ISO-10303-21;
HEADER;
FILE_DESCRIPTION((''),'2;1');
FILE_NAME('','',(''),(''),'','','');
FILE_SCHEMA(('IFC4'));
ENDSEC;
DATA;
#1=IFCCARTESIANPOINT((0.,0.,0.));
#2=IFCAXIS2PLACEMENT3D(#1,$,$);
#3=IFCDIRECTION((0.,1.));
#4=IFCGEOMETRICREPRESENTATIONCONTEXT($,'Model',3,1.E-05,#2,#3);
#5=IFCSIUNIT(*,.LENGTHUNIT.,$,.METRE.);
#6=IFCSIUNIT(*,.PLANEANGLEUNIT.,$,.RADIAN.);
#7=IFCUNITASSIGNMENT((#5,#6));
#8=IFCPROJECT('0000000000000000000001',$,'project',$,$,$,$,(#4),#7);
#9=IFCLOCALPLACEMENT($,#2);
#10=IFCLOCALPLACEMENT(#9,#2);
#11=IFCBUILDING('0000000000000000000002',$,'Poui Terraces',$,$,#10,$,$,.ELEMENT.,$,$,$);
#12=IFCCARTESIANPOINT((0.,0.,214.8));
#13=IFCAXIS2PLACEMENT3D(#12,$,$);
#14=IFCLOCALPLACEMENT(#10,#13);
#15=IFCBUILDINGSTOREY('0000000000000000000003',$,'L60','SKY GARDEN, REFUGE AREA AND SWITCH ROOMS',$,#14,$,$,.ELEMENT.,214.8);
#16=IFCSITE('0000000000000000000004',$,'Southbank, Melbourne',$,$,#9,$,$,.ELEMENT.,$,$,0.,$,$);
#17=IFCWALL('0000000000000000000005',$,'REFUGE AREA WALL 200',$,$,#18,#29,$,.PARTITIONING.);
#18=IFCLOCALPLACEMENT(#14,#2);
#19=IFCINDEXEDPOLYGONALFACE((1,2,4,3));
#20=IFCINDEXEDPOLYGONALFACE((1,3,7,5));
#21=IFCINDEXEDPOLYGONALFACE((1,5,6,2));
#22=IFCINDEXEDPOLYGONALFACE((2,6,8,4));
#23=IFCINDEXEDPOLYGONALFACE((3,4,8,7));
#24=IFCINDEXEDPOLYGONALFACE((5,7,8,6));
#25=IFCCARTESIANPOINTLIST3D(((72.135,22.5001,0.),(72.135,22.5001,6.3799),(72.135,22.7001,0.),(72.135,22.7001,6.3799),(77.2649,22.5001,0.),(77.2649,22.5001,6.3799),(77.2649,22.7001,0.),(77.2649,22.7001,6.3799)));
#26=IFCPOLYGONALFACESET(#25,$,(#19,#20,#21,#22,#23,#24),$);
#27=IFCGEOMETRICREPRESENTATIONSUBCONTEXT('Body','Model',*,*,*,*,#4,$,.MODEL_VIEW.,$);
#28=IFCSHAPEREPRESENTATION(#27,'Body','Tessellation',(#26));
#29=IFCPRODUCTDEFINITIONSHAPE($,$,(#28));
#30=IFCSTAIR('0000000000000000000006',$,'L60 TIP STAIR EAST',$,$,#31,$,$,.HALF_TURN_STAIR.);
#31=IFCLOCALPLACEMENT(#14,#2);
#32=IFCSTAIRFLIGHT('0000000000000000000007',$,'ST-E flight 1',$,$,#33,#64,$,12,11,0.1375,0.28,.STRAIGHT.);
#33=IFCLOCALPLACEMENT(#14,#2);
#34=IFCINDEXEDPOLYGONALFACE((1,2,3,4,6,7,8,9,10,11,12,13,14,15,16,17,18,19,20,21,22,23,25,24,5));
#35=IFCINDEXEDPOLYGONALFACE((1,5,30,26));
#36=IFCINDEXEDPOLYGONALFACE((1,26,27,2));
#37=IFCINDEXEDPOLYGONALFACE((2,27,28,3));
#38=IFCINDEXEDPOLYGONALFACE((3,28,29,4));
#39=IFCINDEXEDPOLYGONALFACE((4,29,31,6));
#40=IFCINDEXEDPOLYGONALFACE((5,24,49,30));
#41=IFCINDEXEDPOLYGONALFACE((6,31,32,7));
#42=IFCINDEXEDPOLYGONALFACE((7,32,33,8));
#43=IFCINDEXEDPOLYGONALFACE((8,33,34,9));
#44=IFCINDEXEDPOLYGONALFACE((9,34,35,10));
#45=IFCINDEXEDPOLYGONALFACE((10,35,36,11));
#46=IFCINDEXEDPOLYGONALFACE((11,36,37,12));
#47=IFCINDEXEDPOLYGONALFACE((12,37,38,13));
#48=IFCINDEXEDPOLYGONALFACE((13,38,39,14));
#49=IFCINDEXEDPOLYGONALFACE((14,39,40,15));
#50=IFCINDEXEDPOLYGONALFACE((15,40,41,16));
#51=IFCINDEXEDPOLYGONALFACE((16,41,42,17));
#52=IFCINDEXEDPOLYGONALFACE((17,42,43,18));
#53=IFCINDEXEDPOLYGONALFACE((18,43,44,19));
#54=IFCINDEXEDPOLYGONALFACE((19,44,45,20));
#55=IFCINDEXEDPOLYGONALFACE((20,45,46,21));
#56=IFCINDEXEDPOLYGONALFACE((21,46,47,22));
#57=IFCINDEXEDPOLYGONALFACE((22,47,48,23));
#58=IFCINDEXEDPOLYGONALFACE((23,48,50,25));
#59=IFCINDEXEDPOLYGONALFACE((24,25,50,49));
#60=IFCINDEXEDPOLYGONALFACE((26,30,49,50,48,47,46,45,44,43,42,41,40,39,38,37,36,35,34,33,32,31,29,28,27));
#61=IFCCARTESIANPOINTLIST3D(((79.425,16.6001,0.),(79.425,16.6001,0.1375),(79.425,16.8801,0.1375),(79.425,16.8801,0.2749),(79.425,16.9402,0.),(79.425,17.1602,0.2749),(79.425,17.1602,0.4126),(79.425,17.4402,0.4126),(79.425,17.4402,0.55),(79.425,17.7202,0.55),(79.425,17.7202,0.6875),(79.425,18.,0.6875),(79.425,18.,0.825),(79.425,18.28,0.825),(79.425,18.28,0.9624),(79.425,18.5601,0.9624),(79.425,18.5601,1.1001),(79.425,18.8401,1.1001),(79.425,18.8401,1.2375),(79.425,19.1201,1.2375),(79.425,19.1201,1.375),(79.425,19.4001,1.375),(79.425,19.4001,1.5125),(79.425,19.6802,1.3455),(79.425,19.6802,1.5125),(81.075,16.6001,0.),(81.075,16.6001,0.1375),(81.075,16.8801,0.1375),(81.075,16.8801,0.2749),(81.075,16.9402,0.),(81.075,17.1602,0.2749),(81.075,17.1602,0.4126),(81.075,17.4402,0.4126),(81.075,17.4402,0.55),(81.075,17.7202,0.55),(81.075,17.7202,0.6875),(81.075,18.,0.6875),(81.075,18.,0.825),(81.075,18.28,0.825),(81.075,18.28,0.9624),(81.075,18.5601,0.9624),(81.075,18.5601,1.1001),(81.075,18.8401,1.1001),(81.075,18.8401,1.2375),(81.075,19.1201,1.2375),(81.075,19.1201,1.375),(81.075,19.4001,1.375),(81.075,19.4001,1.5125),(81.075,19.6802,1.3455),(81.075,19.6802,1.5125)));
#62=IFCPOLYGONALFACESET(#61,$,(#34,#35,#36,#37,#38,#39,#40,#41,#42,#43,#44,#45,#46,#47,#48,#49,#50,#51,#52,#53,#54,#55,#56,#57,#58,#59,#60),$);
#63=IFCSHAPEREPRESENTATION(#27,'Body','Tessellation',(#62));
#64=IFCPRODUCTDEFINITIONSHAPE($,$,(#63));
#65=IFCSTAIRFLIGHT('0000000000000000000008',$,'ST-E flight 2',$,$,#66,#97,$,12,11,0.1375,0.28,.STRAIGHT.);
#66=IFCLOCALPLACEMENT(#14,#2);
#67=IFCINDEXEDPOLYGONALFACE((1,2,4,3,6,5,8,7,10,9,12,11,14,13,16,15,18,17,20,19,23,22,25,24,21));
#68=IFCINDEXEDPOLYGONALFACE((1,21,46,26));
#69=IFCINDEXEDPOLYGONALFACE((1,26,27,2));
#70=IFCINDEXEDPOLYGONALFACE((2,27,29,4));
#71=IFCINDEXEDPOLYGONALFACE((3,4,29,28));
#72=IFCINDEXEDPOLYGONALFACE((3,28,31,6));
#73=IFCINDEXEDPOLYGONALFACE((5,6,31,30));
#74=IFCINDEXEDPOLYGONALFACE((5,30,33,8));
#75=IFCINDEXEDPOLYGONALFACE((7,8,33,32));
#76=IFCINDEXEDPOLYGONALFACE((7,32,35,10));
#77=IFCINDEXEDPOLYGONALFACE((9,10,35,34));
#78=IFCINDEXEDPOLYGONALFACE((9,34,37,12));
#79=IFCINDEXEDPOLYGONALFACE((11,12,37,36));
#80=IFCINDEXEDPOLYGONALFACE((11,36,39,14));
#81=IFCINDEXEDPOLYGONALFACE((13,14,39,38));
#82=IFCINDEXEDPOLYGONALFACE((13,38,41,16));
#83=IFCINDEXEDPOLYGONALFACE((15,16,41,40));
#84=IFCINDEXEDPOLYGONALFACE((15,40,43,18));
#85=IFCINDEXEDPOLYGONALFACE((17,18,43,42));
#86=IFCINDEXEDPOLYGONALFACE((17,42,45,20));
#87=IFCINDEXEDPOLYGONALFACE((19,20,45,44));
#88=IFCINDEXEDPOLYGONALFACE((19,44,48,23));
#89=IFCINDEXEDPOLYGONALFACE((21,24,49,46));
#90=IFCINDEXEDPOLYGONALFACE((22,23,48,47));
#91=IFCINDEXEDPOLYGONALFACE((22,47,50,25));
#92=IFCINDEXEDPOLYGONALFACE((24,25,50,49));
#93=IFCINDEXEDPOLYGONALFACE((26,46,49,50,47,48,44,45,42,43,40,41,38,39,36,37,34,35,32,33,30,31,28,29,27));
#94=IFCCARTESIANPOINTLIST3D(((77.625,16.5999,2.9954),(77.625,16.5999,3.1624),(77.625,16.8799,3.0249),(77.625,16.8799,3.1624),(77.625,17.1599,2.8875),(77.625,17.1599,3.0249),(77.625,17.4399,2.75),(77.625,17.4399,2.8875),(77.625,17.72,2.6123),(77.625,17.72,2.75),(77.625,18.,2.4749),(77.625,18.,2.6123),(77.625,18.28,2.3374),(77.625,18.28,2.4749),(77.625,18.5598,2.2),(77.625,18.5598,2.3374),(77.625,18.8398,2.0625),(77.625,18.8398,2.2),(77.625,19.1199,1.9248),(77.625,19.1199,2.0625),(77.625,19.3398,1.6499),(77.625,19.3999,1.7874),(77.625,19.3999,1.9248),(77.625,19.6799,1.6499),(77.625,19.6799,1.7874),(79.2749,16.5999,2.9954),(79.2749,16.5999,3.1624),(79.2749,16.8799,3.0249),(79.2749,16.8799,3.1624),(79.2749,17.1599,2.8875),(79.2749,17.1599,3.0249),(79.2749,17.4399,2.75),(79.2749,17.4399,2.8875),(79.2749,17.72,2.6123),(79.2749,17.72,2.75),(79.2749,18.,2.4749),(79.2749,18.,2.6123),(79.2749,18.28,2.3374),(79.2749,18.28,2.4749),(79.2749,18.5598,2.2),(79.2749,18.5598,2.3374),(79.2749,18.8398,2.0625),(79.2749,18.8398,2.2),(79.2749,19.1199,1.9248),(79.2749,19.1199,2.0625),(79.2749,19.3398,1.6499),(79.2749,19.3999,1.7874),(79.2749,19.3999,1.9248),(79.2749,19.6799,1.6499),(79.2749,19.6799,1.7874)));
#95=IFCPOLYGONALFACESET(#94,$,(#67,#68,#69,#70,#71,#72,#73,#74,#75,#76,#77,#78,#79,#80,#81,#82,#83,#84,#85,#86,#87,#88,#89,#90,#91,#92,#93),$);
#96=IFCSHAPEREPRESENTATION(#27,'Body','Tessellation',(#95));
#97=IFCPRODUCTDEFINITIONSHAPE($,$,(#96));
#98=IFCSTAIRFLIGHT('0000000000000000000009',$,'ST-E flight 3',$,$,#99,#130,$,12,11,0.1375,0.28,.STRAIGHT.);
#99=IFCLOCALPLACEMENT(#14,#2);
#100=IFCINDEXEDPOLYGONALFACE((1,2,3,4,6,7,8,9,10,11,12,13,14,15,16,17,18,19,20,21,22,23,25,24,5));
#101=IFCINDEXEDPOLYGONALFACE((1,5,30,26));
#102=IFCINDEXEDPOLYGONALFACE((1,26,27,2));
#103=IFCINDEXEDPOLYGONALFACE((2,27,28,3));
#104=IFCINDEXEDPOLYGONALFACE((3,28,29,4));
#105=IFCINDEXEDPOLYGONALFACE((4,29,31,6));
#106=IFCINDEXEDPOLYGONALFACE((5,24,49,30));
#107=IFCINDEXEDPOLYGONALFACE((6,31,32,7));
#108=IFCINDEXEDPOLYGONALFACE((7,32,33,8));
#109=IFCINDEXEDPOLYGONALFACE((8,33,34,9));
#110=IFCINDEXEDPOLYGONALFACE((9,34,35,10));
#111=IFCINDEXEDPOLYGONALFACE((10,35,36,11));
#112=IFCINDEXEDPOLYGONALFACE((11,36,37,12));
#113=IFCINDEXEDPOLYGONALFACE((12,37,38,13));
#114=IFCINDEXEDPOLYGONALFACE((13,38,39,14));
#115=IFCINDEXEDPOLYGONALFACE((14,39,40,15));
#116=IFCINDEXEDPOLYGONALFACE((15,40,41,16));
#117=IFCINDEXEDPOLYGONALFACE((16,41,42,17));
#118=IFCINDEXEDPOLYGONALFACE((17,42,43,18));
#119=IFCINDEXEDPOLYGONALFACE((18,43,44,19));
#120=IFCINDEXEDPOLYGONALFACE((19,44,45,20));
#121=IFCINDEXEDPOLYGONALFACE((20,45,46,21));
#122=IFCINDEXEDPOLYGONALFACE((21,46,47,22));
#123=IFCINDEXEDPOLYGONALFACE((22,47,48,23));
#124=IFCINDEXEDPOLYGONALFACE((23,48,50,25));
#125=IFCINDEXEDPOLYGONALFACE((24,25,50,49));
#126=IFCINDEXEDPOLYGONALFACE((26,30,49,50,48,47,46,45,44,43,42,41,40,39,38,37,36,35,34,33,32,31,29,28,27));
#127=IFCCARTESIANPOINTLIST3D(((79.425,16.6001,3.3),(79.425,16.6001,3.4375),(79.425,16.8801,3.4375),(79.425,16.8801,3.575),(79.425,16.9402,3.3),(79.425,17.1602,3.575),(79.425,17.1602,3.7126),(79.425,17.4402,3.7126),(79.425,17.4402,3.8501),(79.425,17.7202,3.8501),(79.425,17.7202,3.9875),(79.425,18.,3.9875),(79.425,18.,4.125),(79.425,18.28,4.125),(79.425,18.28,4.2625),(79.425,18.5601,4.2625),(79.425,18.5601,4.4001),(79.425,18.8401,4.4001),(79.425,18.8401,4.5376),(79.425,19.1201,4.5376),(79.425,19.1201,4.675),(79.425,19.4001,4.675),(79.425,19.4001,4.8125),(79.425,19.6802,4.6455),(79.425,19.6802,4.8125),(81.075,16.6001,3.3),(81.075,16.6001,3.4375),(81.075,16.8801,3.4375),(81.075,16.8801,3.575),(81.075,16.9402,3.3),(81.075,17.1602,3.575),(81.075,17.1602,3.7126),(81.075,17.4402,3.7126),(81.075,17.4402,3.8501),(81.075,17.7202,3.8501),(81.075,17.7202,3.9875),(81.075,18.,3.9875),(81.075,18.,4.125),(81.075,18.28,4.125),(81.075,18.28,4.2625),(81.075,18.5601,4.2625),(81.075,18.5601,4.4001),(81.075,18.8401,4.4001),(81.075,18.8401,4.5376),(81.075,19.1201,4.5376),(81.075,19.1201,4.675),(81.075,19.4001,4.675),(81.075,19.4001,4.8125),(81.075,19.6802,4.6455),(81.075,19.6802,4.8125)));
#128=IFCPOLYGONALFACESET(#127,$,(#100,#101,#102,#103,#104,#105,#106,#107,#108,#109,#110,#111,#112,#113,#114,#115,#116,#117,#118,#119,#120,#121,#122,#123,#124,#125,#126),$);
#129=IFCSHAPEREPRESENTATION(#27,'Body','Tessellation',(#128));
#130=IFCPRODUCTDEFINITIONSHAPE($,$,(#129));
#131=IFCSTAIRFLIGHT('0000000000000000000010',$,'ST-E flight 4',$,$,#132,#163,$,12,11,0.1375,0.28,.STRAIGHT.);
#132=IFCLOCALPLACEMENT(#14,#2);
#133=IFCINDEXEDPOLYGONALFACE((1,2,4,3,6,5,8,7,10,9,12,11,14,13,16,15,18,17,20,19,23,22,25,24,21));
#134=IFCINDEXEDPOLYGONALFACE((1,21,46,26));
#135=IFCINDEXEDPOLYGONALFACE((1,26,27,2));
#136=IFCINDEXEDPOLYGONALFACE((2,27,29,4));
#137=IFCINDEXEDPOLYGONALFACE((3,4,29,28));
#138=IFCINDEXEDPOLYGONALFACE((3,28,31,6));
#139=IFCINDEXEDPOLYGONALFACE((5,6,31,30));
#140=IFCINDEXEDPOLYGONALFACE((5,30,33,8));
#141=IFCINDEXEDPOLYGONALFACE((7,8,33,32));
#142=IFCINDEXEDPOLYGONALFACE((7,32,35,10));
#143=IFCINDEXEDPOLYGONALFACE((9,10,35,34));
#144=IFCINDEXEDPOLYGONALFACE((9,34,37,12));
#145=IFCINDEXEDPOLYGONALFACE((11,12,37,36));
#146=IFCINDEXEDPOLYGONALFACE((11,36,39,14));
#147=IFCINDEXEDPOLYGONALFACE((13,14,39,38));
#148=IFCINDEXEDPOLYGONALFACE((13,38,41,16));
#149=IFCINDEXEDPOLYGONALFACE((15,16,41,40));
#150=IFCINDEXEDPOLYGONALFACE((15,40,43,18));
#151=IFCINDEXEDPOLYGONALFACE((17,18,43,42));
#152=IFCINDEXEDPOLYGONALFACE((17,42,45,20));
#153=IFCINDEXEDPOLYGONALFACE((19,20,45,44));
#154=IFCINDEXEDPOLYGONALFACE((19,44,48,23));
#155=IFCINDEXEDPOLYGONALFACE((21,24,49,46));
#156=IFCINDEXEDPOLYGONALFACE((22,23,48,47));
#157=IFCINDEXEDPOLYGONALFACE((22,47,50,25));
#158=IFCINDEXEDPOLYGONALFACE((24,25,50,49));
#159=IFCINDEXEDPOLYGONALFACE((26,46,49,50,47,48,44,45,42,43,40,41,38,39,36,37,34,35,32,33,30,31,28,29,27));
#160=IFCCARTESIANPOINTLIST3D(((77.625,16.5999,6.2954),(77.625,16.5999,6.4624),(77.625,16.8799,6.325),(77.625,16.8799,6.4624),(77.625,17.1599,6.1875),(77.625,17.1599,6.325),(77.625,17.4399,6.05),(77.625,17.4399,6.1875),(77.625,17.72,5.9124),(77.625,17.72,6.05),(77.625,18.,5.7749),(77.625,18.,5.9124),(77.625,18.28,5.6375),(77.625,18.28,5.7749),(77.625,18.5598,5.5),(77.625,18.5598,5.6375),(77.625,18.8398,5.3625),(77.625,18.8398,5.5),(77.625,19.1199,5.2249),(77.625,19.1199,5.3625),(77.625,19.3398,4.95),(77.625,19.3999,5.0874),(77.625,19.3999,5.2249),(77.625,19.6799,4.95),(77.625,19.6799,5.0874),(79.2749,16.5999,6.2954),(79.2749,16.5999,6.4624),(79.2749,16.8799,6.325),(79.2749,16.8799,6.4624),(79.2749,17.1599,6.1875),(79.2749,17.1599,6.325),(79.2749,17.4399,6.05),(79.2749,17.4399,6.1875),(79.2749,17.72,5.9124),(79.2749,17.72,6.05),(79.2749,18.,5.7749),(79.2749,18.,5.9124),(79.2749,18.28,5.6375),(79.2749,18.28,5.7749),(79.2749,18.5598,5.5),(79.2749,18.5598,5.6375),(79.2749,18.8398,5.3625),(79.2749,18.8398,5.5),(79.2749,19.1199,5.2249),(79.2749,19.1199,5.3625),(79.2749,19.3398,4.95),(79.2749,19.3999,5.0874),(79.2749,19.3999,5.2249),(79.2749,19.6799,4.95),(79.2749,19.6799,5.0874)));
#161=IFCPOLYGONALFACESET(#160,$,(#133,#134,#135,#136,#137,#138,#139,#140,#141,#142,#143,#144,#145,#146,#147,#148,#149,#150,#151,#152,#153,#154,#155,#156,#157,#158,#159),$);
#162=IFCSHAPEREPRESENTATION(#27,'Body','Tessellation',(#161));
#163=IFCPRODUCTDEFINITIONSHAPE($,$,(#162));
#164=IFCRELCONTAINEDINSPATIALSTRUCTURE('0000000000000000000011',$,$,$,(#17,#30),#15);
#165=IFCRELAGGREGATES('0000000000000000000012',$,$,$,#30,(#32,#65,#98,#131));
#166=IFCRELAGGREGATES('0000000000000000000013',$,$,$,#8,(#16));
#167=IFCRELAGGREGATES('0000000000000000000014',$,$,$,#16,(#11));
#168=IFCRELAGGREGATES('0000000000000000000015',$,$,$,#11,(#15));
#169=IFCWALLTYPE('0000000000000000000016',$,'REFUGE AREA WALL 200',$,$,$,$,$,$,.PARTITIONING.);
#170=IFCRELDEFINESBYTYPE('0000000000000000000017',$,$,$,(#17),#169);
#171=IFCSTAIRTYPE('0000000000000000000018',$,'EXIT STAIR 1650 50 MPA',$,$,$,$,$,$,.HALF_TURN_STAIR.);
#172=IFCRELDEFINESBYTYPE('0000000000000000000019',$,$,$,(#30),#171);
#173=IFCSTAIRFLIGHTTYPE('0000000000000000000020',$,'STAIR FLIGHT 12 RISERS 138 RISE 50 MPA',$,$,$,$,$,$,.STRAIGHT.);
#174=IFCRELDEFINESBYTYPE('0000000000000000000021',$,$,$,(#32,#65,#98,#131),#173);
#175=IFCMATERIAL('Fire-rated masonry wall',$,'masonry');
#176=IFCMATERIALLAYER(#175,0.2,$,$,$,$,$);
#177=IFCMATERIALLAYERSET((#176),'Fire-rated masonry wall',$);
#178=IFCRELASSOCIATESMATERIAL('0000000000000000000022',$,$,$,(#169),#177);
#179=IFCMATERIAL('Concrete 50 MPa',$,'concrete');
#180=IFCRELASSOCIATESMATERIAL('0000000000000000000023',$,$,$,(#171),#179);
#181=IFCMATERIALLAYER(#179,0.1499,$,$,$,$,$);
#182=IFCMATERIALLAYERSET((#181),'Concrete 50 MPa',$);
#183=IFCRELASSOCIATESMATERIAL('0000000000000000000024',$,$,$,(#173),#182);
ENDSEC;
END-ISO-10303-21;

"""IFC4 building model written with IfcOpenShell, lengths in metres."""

from ifc_helpers import new_model, si_unit, direction, frame, frame_2d, origin, place, context, subcontext, project, spatial, polyline, rectangle, outline, extrude, material, layer, layer_set, type_object, element, aggregate, save


model = new_model("IFC4")

# Units and contexts
model_context = context("Model", 3, precision=1e-05, world=origin(), true_north=direction((0.0, 1.0)))
body_context = subcontext(model_context, "Body", "Model", "MODEL_VIEW")
ifc_project = project(units=[si_unit("LENGTHUNIT", "METRE"), si_unit("PLANEANGLEUNIT", "RADIAN")], contexts=[model_context])

# Site, building, storey
site_placement = place(None, origin())
site = spatial("IfcSite", under=ifc_project, at=site_placement, Name="Southbank, Melbourne", CompositionType="ELEMENT", RefElevation=0.0)
building_placement = place(site_placement, origin())
building = spatial("IfcBuilding", under=site, at=building_placement, Name="Poui Terraces", CompositionType="ELEMENT")
storey_placement = place(building_placement, frame((0.0, 0.0, 214.8)))
storey = spatial("IfcBuildingStorey", under=building, at=storey_placement, Name="L60", Description="SKY GARDEN, REFUGE AREA AND SWITCH ROOMS", CompositionType="ELEMENT", Elevation=214.8)

# Wall
ifc_material_1 = material(Name="Fire-rated masonry wall", Category="masonry")
ifc_layer_1 = layer(ifc_material_1, 0.2)
ifc_layer_set_1 = layer_set([ifc_layer_1], Name="Fire-rated masonry wall")
wall_type = type_object("IfcWallType", Name="REFUGE AREA WALL 200", PredefinedType="PARTITIONING", material=ifc_layer_set_1)
wall_placement = place(storey_placement, frame((72.135, 22.6001, 0.0), z_axis=(0.0, 0.0, 1.0), x_axis=(1.0, 0.0, 0.0)))
element("IfcWall", 1, at=wall_placement, inside=storey, type_object=wall_type, Name="REFUGE AREA WALL 200", PredefinedType="PARTITIONING", context=body_context, shape_type="SweptSolid", body=[
    extrude(rectangle(XDim=5.1299, YDim=0.2, at=frame_2d((2.5649, 0.0))), origin(), (0.0, 0.0, 1.0), 6.3799),
])

# Stair, stair flights
ifc_material_2 = material(Name="Concrete 50 MPa", Category="concrete")
stair_type = type_object("IfcStairType", Name="EXIT STAIR 1650 50 MPA", PredefinedType="HALF_TURN_STAIR", material=ifc_material_2)
stair_placement = place(storey_placement, origin())
stair = element("IfcStair", 2, at=stair_placement, inside=storey, type_object=stair_type, Name="L60 TIP STAIR EAST", PredefinedType="HALF_TURN_STAIR")
ifc_layer_2 = layer(ifc_material_2, 0.1499)
ifc_layer_set_2 = layer_set([ifc_layer_2], Name="Concrete 50 MPa")
stair_flight_type = type_object("IfcStairFlightType", Name="STAIR FLIGHT 12 RISERS 138 RISE 50 MPA", PredefinedType="STRAIGHT", material=ifc_layer_set_2)
stair_flight_1_placement = place(storey_placement, frame((80.25, 16.6001, 0.0), z_axis=(0.0, 0.0, 1.0), x_axis=(0.0, 1.0, 0.0)))
stair_flight_1 = element("IfcStairFlight", 3, at=stair_flight_1_placement, type_object=stair_flight_type, Name="ST-E flight 1", NumberOfRisers=12, NumberOfTreads=11, PredefinedType="STRAIGHT", RiserHeight=0.1375, TreadLength=0.28, context=body_context, shape_type="SweptSolid", body=[
    extrude(outline(polyline([(0.0, 0.0), (0.0, 0.1375), (0.28, 0.1375), (0.28, 0.2749), (0.5601, 0.2749), (0.5601, 0.4126), (0.8401, 0.4126), (0.8401, 0.55), (1.1201, 0.55), (1.1201, 0.6875), (1.3999, 0.6875), (1.3999, 0.825), (1.6799, 0.825), (1.6799, 0.9624), (1.96, 0.9624), (1.96, 1.1001), (2.24, 1.1001), (2.24, 1.2375), (2.52, 1.2375), (2.52, 1.375), (2.8, 1.375), (2.8, 1.5125), (3.0801, 1.5125), (3.0801, 1.6499), (3.0801, 1.3455), (0.3401, 0.0), (0.0, 0.0)])), frame((0.0, 0.825, 0.0), z_axis=(0.0, -1.0, 0.0), x_axis=(1.0, 0.0, 0.0)), (0.0, 0.0, 1.0), 1.6499),
])
stair_flight_2_placement = place(storey_placement, frame((78.45, 19.6799, 1.6499), z_axis=(0.0, 0.0, 1.0), x_axis=(0.0, -1.0, 0.0)))
stair_flight_2 = element("IfcStairFlight", 4, at=stair_flight_2_placement, type_object=stair_flight_type, Name="ST-E flight 2", NumberOfRisers=12, NumberOfTreads=11, PredefinedType="STRAIGHT", RiserHeight=0.1375, TreadLength=0.28, context=body_context, shape_type="SweptSolid", body=[
    extrude(outline(polyline([(0.0, 0.0), (0.0, 0.1375), (0.28, 0.1375), (0.28, 0.2749), (0.5601, 0.2749), (0.5601, 0.4126), (0.8401, 0.4126), (0.8401, 0.55), (1.1201, 0.55), (1.1201, 0.6875), (1.3999, 0.6875), (1.3999, 0.825), (1.6799, 0.825), (1.6799, 0.9624), (1.96, 0.9624), (1.96, 1.1001), (2.24, 1.1001), (2.24, 1.2375), (2.52, 1.2375), (2.52, 1.375), (2.8, 1.375), (2.8, 1.5125), (3.0801, 1.5125), (3.0801, 1.6499), (3.0801, 1.3455), (0.3401, 0.0), (0.0, 0.0)])), frame((0.0, 0.825, 0.0), z_axis=(0.0, -1.0, 0.0), x_axis=(1.0, 0.0, 0.0)), (0.0, 0.0, 1.0), 1.6499),
])
stair_flight_3_placement = place(storey_placement, frame((80.25, 16.6001, 3.3), z_axis=(0.0, 0.0, 1.0), x_axis=(0.0, 1.0, 0.0)))
stair_flight_3 = element("IfcStairFlight", 5, at=stair_flight_3_placement, type_object=stair_flight_type, Name="ST-E flight 3", NumberOfRisers=12, NumberOfTreads=11, PredefinedType="STRAIGHT", RiserHeight=0.1375, TreadLength=0.28, context=body_context, shape_type="SweptSolid", body=[
    extrude(outline(polyline([(0.0, 0.0), (0.0, 0.1375), (0.28, 0.1375), (0.28, 0.2749), (0.5601, 0.2749), (0.5601, 0.4126), (0.8401, 0.4126), (0.8401, 0.55), (1.1201, 0.55), (1.1201, 0.6875), (1.3999, 0.6875), (1.3999, 0.825), (1.6799, 0.825), (1.6799, 0.9624), (1.96, 0.9624), (1.96, 1.1001), (2.24, 1.1001), (2.24, 1.2375), (2.52, 1.2375), (2.52, 1.375), (2.8, 1.375), (2.8, 1.5125), (3.0801, 1.5125), (3.0801, 1.6499), (3.0801, 1.3455), (0.3401, 0.0), (0.0, 0.0)])), frame((0.0, 0.825, 0.0), z_axis=(0.0, -1.0, 0.0), x_axis=(1.0, 0.0, 0.0)), (0.0, 0.0, 1.0), 1.6499),
])
stair_flight_4_placement = place(storey_placement, frame((78.45, 19.6799, 4.95), z_axis=(0.0, 0.0, 1.0), x_axis=(0.0, -1.0, 0.0)))
stair_flight_4 = element("IfcStairFlight", 6, at=stair_flight_4_placement, type_object=stair_flight_type, Name="ST-E flight 4", NumberOfRisers=12, NumberOfTreads=11, PredefinedType="STRAIGHT", RiserHeight=0.1375, TreadLength=0.28, context=body_context, shape_type="SweptSolid", body=[
    extrude(outline(polyline([(0.0, 0.0), (0.0, 0.1375), (0.28, 0.1375), (0.28, 0.2749), (0.5601, 0.2749), (0.5601, 0.4126), (0.8401, 0.4126), (0.8401, 0.55), (1.1201, 0.55), (1.1201, 0.6875), (1.3999, 0.6875), (1.3999, 0.825), (1.6799, 0.825), (1.6799, 0.9624), (1.96, 0.9624), (1.96, 1.1001), (2.24, 1.1001), (2.24, 1.2375), (2.52, 1.2375), (2.52, 1.375), (2.8, 1.375), (2.8, 1.5125), (3.0801, 1.5125), (3.0801, 1.6499), (3.0801, 1.3455), (0.3401, 0.0), (0.0, 0.0)])), frame((0.0, 0.825, 0.0), z_axis=(0.0, -1.0, 0.0), x_axis=(1.0, 0.0, 0.0)), (0.0, 0.0, 1.0), 1.6499),
])
aggregate(stair, [stair_flight_1, stair_flight_2, stair_flight_3, stair_flight_4])

save(model, "model.ifc")
